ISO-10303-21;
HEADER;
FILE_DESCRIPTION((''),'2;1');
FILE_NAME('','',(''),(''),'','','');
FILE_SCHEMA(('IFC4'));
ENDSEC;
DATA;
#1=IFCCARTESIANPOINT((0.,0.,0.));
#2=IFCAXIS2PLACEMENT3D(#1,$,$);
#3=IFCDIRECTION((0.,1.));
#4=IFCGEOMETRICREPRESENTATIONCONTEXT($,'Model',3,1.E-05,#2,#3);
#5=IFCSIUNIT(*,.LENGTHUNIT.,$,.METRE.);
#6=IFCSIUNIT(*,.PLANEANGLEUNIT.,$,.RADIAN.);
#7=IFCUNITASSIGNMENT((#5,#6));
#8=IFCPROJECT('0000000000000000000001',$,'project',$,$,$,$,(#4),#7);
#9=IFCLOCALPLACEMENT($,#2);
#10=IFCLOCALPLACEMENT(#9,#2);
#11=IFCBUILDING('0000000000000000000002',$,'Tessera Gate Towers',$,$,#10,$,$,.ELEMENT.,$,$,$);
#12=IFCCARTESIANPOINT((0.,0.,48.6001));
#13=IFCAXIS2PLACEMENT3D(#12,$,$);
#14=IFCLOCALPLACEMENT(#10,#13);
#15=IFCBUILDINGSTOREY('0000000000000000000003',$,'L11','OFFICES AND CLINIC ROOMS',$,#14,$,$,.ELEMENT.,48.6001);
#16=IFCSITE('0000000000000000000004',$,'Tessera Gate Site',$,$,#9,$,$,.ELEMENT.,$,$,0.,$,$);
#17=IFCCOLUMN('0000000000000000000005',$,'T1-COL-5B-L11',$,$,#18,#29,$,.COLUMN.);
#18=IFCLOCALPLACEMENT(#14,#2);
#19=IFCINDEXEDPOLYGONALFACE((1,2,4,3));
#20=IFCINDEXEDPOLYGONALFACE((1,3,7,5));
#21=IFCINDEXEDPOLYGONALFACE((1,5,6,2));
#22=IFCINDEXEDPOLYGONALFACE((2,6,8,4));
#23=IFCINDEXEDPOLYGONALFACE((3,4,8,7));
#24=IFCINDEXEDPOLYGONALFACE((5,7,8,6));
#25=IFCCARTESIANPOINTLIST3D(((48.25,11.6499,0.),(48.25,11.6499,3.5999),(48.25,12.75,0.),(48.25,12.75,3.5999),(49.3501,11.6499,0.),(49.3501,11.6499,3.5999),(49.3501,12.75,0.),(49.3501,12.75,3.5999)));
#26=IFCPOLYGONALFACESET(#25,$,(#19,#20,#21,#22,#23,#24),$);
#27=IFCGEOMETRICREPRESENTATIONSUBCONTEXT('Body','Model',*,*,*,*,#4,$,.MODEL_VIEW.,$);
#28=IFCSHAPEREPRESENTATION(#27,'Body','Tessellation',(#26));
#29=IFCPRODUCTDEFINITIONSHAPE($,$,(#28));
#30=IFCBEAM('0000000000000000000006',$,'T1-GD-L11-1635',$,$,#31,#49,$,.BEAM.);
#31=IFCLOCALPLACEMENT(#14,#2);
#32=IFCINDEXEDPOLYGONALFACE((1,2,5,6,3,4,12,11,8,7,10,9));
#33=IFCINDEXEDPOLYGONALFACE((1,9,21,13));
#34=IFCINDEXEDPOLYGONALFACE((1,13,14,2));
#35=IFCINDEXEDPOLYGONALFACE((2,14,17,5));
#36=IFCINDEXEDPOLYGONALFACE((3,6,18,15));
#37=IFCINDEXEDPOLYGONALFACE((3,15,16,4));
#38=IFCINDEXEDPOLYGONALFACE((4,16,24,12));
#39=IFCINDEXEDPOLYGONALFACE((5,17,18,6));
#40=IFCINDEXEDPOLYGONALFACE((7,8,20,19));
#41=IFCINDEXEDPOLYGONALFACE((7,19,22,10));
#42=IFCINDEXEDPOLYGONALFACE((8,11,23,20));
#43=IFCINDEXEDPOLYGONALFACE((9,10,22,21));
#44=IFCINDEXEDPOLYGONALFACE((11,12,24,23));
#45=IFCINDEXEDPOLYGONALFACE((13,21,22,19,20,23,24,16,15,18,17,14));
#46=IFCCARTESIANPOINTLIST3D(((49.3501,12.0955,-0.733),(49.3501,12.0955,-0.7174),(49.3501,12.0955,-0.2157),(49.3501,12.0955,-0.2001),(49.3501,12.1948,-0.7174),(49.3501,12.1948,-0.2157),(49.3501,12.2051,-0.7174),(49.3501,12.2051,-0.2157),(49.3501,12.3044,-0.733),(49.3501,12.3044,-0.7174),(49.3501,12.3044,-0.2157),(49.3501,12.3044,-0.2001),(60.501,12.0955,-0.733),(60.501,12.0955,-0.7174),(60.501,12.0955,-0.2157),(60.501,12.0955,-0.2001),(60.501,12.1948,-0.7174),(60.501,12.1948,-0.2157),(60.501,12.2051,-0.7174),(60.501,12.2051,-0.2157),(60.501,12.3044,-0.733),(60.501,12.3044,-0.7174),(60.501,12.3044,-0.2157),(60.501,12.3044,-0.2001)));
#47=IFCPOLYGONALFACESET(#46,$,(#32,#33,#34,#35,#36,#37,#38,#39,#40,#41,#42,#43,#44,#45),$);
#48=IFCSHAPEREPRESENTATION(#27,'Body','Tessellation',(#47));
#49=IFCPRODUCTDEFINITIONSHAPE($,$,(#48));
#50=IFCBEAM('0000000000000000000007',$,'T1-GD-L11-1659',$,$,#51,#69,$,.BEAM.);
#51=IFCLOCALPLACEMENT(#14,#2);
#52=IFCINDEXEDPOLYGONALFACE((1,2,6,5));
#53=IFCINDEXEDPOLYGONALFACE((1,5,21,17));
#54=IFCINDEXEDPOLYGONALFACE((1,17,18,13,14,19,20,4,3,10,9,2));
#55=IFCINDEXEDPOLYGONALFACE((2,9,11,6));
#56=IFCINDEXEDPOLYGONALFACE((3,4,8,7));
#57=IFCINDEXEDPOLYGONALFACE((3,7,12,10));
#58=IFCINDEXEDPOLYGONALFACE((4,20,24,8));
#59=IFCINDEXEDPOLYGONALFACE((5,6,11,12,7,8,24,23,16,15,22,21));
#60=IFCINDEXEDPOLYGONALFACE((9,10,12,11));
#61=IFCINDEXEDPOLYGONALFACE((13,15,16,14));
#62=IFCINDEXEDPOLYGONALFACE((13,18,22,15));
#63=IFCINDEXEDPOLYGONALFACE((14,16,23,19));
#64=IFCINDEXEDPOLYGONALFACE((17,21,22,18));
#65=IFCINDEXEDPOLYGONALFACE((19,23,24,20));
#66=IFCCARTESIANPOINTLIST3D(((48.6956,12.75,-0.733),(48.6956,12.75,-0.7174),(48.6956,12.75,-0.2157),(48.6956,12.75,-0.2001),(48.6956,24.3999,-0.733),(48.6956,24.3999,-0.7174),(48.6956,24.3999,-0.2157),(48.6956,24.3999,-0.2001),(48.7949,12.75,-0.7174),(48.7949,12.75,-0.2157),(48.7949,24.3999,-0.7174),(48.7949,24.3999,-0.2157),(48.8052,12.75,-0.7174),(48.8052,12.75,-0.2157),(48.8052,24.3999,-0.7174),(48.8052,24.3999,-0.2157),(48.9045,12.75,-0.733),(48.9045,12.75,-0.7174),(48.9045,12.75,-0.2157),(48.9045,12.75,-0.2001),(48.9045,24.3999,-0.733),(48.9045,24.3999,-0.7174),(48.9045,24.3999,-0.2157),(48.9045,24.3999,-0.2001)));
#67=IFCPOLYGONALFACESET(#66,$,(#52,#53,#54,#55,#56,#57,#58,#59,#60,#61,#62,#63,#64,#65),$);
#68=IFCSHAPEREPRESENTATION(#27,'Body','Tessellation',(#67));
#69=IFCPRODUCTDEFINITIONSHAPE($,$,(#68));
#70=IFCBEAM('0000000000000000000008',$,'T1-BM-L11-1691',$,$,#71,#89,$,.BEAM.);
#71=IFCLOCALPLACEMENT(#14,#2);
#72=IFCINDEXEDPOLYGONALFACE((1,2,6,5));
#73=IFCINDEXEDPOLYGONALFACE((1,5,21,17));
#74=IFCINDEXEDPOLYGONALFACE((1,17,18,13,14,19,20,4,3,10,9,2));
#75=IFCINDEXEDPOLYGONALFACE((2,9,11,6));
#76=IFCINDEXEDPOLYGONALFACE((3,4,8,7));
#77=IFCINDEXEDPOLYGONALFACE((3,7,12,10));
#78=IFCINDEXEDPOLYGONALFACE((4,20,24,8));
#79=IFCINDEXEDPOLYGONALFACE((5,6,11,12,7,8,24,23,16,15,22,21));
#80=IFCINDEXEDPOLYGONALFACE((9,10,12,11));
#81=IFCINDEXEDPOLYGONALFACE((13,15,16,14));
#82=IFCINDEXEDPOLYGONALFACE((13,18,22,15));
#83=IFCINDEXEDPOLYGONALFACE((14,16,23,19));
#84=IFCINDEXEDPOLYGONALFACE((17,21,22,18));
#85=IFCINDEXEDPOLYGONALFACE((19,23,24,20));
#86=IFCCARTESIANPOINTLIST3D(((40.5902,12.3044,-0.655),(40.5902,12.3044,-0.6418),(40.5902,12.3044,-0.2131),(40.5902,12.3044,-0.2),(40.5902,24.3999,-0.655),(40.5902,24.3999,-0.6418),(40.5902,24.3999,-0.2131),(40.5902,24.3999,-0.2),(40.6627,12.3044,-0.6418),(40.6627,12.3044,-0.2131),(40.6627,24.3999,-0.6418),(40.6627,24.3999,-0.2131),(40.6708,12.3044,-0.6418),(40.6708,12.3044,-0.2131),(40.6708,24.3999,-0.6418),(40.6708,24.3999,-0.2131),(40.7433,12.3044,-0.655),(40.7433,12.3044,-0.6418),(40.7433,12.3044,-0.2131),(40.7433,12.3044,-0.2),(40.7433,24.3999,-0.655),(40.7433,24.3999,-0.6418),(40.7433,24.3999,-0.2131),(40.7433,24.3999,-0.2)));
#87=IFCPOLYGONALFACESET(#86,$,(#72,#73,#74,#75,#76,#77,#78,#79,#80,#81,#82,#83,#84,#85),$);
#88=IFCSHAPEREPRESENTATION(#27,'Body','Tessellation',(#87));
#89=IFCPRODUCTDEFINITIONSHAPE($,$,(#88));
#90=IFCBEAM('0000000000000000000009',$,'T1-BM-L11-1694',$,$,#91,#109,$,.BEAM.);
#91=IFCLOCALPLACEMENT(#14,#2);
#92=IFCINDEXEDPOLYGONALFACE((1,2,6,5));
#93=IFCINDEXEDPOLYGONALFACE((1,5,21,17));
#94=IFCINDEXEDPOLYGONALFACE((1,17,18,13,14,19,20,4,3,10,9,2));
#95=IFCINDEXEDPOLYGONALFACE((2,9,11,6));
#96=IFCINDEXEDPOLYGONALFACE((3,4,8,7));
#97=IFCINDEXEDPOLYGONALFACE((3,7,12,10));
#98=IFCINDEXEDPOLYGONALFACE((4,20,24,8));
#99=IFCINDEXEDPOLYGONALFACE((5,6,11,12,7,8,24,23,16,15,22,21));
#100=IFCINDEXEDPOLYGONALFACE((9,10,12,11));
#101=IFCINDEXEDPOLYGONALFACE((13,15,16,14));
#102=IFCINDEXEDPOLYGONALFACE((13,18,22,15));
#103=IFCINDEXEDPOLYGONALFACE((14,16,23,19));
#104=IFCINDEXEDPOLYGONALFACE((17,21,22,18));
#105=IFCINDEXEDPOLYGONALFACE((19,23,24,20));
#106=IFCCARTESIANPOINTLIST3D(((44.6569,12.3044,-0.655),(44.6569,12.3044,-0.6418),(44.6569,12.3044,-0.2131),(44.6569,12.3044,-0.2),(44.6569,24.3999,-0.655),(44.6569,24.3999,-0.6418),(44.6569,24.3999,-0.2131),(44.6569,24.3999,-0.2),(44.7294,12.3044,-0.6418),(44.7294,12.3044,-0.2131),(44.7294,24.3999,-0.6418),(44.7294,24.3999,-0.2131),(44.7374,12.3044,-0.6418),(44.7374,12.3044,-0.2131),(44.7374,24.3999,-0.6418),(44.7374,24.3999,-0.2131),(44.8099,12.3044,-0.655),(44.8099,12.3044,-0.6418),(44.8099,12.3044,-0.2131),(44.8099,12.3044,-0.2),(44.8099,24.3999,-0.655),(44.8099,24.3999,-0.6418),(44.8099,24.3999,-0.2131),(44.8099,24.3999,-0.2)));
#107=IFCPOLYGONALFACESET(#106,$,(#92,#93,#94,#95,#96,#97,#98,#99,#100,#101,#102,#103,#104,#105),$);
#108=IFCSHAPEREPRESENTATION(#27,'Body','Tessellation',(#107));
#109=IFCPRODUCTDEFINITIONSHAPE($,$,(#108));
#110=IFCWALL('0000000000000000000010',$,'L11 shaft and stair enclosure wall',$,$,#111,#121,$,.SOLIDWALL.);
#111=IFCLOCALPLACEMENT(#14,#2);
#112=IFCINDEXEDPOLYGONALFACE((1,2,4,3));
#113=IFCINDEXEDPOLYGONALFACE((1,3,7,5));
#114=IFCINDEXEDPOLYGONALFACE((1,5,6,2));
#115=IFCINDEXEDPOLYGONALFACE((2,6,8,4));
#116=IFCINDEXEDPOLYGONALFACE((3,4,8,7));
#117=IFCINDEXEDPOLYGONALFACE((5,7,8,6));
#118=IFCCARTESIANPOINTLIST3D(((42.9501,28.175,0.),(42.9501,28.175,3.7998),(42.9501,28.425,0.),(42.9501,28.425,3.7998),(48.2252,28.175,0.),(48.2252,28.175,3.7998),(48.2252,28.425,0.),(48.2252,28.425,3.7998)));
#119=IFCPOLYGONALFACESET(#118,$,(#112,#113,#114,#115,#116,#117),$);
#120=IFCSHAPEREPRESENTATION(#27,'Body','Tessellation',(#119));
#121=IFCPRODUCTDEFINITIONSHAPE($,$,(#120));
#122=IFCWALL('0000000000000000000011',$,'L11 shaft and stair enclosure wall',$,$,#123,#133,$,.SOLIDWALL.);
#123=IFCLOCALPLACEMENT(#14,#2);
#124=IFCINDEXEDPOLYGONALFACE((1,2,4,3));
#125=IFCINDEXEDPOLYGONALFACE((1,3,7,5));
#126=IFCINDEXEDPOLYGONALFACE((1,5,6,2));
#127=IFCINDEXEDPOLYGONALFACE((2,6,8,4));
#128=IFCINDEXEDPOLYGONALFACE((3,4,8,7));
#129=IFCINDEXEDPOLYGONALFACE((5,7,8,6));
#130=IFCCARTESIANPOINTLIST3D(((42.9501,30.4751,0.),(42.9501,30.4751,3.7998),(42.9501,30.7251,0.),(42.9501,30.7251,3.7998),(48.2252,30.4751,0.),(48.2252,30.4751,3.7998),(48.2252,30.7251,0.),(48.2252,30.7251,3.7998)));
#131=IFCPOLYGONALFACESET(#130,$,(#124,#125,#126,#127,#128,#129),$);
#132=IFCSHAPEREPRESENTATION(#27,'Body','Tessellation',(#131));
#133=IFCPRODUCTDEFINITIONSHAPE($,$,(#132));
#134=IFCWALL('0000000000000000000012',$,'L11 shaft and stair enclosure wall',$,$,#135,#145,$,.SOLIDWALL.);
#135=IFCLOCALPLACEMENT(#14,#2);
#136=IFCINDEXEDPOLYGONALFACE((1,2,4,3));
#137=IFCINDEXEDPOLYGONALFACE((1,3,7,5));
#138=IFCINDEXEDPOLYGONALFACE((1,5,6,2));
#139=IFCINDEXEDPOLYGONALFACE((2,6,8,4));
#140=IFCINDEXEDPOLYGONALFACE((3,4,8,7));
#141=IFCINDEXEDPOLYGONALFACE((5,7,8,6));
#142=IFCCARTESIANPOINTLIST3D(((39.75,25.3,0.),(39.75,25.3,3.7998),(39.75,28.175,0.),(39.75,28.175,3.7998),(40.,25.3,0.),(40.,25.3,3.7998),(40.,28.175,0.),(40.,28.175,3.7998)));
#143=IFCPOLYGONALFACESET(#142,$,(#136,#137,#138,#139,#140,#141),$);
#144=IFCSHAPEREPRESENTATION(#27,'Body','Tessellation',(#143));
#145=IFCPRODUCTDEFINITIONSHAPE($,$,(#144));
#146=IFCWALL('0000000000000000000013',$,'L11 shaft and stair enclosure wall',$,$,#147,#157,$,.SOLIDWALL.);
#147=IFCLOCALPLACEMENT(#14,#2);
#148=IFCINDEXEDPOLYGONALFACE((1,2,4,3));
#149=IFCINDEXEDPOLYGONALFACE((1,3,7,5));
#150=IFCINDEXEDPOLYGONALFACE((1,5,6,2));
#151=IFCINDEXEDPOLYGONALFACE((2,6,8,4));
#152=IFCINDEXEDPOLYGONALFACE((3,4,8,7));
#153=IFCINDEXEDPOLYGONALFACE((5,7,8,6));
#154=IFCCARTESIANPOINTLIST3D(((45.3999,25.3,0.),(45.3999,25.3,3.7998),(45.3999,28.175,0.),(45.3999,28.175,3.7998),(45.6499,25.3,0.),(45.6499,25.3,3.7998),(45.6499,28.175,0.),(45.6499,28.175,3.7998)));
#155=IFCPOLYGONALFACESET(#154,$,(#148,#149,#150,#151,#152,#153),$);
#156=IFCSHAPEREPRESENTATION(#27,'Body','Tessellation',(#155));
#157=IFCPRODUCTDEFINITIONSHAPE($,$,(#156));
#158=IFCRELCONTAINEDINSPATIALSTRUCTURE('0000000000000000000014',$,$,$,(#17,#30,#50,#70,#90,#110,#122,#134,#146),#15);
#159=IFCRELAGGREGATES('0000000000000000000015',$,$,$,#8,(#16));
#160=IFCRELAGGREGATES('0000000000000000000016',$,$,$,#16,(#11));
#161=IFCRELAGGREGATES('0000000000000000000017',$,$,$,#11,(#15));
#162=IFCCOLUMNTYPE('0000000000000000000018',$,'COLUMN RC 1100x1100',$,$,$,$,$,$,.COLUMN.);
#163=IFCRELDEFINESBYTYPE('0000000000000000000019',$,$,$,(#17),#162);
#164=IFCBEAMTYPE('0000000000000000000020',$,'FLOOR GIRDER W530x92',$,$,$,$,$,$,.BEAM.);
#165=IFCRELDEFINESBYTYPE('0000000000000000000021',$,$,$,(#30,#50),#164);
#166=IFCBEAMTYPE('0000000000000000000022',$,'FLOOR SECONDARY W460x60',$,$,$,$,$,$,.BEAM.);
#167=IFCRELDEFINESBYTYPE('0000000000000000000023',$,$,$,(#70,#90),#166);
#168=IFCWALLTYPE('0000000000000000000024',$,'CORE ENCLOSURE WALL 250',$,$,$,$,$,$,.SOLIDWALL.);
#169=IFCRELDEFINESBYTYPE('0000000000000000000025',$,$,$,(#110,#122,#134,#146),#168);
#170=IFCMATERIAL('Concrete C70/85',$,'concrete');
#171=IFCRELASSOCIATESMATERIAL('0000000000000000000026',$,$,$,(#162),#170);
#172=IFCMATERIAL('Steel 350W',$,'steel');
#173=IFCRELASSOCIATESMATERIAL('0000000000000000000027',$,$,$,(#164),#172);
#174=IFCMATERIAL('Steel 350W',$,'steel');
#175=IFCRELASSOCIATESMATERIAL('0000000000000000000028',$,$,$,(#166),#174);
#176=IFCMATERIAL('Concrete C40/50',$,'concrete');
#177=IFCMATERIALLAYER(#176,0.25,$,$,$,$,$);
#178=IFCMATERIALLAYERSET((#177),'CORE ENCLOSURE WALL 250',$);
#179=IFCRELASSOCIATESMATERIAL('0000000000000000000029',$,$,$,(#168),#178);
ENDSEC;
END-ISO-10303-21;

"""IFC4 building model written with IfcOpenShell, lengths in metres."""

from ifc_helpers import new_model, si_unit, direction, frame, frame_2d, origin, origin_2d, place, context, subcontext, project, spatial, rectangle, i_section, extrude, material, layer, layer_set, material_profile, profile_set, type_object, element, save


model = new_model("IFC4")

# Units and contexts
model_context = context("Model", 3, precision=1e-05, world=origin(), true_north=direction((0.0, 1.0)))
body_context = subcontext(model_context, "Body", "Model", "MODEL_VIEW")
ifc_project = project(units=[si_unit("LENGTHUNIT", "METRE"), si_unit("PLANEANGLEUNIT", "RADIAN")], contexts=[model_context])

# Site, building, storey
site_placement = place(None, origin())
site = spatial("IfcSite", under=ifc_project, at=site_placement, Name="Tessera Gate Site", CompositionType="ELEMENT", RefElevation=0.0)
building_placement = place(site_placement, origin())
building = spatial("IfcBuilding", under=site, at=building_placement, Name="Tessera Gate Towers", CompositionType="ELEMENT")
storey_placement = place(building_placement, frame((0.0, 0.0, 48.6001)))
storey = spatial("IfcBuildingStorey", under=building, at=storey_placement, Name="L11", Description="OFFICES AND CLINIC ROOMS", CompositionType="ELEMENT", Elevation=48.6001)

# Column
ifc_material_1 = material(Name="Concrete C70/85", Category="concrete")
ifc_material_profile_1 = material_profile(ifc_material_1, rectangle(XDim=1.1001, YDim=1.1001, at=origin_2d()), Name="RC 1100x1100")
ifc_profile_set_1 = profile_set([ifc_material_profile_1], Name="Concrete C70/85")
column_type = type_object("IfcColumnType", Name="COLUMN RC 1100x1100", PredefinedType="COLUMN", material=ifc_profile_set_1)
column_placement = place(storey_placement, frame((48.8, 12.2, 0.0), z_axis=(0.0, 0.0, 1.0), x_axis=(1.0, 0.0, 0.0)))
element("IfcColumn", 1, at=column_placement, inside=storey, type_object=column_type, Name="T1-COL-5B-L11", PredefinedType="COLUMN", context=body_context, shape_type="SweptSolid", body=[
    extrude(rectangle(XDim=1.1001, YDim=1.1001, at=origin_2d()), origin(), (0.0, 0.0, 1.0), 3.5999),
])

# Beams
ifc_material_2 = material(Name="Steel 350W", Category="steel")
ifc_material_profile_2 = material_profile(ifc_material_2, i_section(OverallWidth=0.209, OverallDepth=0.533, WebThickness=0.0103, FlangeThickness=0.0156, at=origin_2d()), Name="W530x92")
ifc_profile_set_2 = profile_set([ifc_material_profile_2], Name="Steel 350W")
beam_type_1 = type_object("IfcBeamType", Name="FLOOR GIRDER W530x92", PredefinedType="BEAM", material=ifc_profile_set_2)
beam_1_placement = place(storey_placement, frame((49.3501, 12.2, -0.4666), z_axis=(1.0, 0.0, 0.0), x_axis=(0.0, 1.0, 0.0)))
element("IfcBeam", 2, at=beam_1_placement, inside=storey, type_object=beam_type_1, Name="T1-GD-L11-1635", PredefinedType="BEAM", context=body_context, shape_type="SweptSolid", body=[
    extrude(i_section(OverallWidth=0.209, OverallDepth=0.533, WebThickness=0.0103, FlangeThickness=0.0156, at=origin_2d()), origin(), (0.0, 0.0, 1.0), 11.1509),
])
beam_2_placement = place(storey_placement, frame((48.8, 12.75, -0.4666), z_axis=(0.0, 1.0, 0.0), x_axis=(-1.0, 0.0, 0.0)))
element("IfcBeam", 3, at=beam_2_placement, inside=storey, type_object=beam_type_1, Name="T1-GD-L11-1659", PredefinedType="BEAM", context=body_context, shape_type="SweptSolid", body=[
    extrude(i_section(OverallWidth=0.209, OverallDepth=0.533, WebThickness=0.0103, FlangeThickness=0.0156, at=origin_2d()), origin(), (0.0, 0.0, 1.0), 11.6499),
])
ifc_material_3 = material(Name="Steel 350W", Category="steel")
ifc_material_profile_3 = material_profile(ifc_material_3, i_section(OverallWidth=0.1531, OverallDepth=0.4551, WebThickness=0.0081, FlangeThickness=0.0132, at=origin_2d()), Name="W460x60")
ifc_profile_set_3 = profile_set([ifc_material_profile_3], Name="Steel 350W")
beam_type_2 = type_object("IfcBeamType", Name="FLOOR SECONDARY W460x60", PredefinedType="BEAM", material=ifc_profile_set_3)
for number, where, z_axis, x_axis, name in (
    (4, (40.6667, 12.3044, -0.4275), (0.0, 1.0, 0.0), (-1.0, 0.0, 0.0), "T1-BM-L11-1691"),
    (5, (44.7334, 12.3044, -0.4275), (0.0, 1.0, 0.0), (-1.0, 0.0, 0.0), "T1-BM-L11-1694"),
):
    element("IfcBeam", number, at=place(storey_placement, frame(where, z_axis=z_axis, x_axis=x_axis)), inside=storey, type_object=beam_type_2, Name=name, PredefinedType="BEAM", context=body_context, shape_type="SweptSolid", body=[
        extrude(i_section(OverallWidth=0.1531, OverallDepth=0.4551, WebThickness=0.0081, FlangeThickness=0.0132, at=origin_2d()), origin(), (0.0, 0.0, 1.0), 12.0955),
    ])

# Walls
ifc_material_4 = material(Name="Concrete C40/50", Category="concrete")
ifc_layer_1 = layer(ifc_material_4, 0.25)
ifc_layer_set_1 = layer_set([ifc_layer_1], Name="CORE ENCLOSURE WALL 250")
wall_type_1 = type_object("IfcWallType", Name="CORE ENCLOSURE WALL 250", PredefinedType="SOLIDWALL", material=ifc_layer_set_1)
for number, where, z_axis, x_axis, name in (
    (6, (42.95, 28.3, 0.0), (0.0, 0.0, 1.0), (1.0, 0.0, 0.0), "L11 shaft and stair enclosure wall"),
    (7, (42.95, 30.6001, 0.0), (0.0, 0.0, 1.0), (1.0, 0.0, 0.0), "L11 shaft and stair enclosure wall"),
):
    element("IfcWall", number, at=place(storey_placement, frame(where, z_axis=z_axis, x_axis=x_axis)), inside=storey, type_object=wall_type_1, Name=name, PredefinedType="SOLIDWALL", context=body_context, shape_type="SweptSolid", body=[
        extrude(rectangle(XDim=5.2751, YDim=0.25, at=frame_2d((2.6377, 0.0))), origin(), (0.0, 0.0, 1.0), 3.7998),
    ])
for number, where, z_axis, x_axis, name in (
    (8, (39.875, 25.3, 0.0), (0.0, 0.0, 1.0), (0.0, 1.0, 0.0), "L11 shaft and stair enclosure wall"),
    (9, (45.5249, 25.3, 0.0), (0.0, 0.0, 1.0), (0.0, 1.0, 0.0), "L11 shaft and stair enclosure wall"),
):
    element("IfcWall", number, at=place(storey_placement, frame(where, z_axis=z_axis, x_axis=x_axis)), inside=storey, type_object=wall_type_1, Name=name, PredefinedType="SOLIDWALL", context=body_context, shape_type="SweptSolid", body=[
        extrude(rectangle(XDim=2.875, YDim=0.25, at=frame_2d((1.4375, 0.0))), origin(), (0.0, 0.0, 1.0), 3.7998),
    ])

save(model, "model.ifc")
